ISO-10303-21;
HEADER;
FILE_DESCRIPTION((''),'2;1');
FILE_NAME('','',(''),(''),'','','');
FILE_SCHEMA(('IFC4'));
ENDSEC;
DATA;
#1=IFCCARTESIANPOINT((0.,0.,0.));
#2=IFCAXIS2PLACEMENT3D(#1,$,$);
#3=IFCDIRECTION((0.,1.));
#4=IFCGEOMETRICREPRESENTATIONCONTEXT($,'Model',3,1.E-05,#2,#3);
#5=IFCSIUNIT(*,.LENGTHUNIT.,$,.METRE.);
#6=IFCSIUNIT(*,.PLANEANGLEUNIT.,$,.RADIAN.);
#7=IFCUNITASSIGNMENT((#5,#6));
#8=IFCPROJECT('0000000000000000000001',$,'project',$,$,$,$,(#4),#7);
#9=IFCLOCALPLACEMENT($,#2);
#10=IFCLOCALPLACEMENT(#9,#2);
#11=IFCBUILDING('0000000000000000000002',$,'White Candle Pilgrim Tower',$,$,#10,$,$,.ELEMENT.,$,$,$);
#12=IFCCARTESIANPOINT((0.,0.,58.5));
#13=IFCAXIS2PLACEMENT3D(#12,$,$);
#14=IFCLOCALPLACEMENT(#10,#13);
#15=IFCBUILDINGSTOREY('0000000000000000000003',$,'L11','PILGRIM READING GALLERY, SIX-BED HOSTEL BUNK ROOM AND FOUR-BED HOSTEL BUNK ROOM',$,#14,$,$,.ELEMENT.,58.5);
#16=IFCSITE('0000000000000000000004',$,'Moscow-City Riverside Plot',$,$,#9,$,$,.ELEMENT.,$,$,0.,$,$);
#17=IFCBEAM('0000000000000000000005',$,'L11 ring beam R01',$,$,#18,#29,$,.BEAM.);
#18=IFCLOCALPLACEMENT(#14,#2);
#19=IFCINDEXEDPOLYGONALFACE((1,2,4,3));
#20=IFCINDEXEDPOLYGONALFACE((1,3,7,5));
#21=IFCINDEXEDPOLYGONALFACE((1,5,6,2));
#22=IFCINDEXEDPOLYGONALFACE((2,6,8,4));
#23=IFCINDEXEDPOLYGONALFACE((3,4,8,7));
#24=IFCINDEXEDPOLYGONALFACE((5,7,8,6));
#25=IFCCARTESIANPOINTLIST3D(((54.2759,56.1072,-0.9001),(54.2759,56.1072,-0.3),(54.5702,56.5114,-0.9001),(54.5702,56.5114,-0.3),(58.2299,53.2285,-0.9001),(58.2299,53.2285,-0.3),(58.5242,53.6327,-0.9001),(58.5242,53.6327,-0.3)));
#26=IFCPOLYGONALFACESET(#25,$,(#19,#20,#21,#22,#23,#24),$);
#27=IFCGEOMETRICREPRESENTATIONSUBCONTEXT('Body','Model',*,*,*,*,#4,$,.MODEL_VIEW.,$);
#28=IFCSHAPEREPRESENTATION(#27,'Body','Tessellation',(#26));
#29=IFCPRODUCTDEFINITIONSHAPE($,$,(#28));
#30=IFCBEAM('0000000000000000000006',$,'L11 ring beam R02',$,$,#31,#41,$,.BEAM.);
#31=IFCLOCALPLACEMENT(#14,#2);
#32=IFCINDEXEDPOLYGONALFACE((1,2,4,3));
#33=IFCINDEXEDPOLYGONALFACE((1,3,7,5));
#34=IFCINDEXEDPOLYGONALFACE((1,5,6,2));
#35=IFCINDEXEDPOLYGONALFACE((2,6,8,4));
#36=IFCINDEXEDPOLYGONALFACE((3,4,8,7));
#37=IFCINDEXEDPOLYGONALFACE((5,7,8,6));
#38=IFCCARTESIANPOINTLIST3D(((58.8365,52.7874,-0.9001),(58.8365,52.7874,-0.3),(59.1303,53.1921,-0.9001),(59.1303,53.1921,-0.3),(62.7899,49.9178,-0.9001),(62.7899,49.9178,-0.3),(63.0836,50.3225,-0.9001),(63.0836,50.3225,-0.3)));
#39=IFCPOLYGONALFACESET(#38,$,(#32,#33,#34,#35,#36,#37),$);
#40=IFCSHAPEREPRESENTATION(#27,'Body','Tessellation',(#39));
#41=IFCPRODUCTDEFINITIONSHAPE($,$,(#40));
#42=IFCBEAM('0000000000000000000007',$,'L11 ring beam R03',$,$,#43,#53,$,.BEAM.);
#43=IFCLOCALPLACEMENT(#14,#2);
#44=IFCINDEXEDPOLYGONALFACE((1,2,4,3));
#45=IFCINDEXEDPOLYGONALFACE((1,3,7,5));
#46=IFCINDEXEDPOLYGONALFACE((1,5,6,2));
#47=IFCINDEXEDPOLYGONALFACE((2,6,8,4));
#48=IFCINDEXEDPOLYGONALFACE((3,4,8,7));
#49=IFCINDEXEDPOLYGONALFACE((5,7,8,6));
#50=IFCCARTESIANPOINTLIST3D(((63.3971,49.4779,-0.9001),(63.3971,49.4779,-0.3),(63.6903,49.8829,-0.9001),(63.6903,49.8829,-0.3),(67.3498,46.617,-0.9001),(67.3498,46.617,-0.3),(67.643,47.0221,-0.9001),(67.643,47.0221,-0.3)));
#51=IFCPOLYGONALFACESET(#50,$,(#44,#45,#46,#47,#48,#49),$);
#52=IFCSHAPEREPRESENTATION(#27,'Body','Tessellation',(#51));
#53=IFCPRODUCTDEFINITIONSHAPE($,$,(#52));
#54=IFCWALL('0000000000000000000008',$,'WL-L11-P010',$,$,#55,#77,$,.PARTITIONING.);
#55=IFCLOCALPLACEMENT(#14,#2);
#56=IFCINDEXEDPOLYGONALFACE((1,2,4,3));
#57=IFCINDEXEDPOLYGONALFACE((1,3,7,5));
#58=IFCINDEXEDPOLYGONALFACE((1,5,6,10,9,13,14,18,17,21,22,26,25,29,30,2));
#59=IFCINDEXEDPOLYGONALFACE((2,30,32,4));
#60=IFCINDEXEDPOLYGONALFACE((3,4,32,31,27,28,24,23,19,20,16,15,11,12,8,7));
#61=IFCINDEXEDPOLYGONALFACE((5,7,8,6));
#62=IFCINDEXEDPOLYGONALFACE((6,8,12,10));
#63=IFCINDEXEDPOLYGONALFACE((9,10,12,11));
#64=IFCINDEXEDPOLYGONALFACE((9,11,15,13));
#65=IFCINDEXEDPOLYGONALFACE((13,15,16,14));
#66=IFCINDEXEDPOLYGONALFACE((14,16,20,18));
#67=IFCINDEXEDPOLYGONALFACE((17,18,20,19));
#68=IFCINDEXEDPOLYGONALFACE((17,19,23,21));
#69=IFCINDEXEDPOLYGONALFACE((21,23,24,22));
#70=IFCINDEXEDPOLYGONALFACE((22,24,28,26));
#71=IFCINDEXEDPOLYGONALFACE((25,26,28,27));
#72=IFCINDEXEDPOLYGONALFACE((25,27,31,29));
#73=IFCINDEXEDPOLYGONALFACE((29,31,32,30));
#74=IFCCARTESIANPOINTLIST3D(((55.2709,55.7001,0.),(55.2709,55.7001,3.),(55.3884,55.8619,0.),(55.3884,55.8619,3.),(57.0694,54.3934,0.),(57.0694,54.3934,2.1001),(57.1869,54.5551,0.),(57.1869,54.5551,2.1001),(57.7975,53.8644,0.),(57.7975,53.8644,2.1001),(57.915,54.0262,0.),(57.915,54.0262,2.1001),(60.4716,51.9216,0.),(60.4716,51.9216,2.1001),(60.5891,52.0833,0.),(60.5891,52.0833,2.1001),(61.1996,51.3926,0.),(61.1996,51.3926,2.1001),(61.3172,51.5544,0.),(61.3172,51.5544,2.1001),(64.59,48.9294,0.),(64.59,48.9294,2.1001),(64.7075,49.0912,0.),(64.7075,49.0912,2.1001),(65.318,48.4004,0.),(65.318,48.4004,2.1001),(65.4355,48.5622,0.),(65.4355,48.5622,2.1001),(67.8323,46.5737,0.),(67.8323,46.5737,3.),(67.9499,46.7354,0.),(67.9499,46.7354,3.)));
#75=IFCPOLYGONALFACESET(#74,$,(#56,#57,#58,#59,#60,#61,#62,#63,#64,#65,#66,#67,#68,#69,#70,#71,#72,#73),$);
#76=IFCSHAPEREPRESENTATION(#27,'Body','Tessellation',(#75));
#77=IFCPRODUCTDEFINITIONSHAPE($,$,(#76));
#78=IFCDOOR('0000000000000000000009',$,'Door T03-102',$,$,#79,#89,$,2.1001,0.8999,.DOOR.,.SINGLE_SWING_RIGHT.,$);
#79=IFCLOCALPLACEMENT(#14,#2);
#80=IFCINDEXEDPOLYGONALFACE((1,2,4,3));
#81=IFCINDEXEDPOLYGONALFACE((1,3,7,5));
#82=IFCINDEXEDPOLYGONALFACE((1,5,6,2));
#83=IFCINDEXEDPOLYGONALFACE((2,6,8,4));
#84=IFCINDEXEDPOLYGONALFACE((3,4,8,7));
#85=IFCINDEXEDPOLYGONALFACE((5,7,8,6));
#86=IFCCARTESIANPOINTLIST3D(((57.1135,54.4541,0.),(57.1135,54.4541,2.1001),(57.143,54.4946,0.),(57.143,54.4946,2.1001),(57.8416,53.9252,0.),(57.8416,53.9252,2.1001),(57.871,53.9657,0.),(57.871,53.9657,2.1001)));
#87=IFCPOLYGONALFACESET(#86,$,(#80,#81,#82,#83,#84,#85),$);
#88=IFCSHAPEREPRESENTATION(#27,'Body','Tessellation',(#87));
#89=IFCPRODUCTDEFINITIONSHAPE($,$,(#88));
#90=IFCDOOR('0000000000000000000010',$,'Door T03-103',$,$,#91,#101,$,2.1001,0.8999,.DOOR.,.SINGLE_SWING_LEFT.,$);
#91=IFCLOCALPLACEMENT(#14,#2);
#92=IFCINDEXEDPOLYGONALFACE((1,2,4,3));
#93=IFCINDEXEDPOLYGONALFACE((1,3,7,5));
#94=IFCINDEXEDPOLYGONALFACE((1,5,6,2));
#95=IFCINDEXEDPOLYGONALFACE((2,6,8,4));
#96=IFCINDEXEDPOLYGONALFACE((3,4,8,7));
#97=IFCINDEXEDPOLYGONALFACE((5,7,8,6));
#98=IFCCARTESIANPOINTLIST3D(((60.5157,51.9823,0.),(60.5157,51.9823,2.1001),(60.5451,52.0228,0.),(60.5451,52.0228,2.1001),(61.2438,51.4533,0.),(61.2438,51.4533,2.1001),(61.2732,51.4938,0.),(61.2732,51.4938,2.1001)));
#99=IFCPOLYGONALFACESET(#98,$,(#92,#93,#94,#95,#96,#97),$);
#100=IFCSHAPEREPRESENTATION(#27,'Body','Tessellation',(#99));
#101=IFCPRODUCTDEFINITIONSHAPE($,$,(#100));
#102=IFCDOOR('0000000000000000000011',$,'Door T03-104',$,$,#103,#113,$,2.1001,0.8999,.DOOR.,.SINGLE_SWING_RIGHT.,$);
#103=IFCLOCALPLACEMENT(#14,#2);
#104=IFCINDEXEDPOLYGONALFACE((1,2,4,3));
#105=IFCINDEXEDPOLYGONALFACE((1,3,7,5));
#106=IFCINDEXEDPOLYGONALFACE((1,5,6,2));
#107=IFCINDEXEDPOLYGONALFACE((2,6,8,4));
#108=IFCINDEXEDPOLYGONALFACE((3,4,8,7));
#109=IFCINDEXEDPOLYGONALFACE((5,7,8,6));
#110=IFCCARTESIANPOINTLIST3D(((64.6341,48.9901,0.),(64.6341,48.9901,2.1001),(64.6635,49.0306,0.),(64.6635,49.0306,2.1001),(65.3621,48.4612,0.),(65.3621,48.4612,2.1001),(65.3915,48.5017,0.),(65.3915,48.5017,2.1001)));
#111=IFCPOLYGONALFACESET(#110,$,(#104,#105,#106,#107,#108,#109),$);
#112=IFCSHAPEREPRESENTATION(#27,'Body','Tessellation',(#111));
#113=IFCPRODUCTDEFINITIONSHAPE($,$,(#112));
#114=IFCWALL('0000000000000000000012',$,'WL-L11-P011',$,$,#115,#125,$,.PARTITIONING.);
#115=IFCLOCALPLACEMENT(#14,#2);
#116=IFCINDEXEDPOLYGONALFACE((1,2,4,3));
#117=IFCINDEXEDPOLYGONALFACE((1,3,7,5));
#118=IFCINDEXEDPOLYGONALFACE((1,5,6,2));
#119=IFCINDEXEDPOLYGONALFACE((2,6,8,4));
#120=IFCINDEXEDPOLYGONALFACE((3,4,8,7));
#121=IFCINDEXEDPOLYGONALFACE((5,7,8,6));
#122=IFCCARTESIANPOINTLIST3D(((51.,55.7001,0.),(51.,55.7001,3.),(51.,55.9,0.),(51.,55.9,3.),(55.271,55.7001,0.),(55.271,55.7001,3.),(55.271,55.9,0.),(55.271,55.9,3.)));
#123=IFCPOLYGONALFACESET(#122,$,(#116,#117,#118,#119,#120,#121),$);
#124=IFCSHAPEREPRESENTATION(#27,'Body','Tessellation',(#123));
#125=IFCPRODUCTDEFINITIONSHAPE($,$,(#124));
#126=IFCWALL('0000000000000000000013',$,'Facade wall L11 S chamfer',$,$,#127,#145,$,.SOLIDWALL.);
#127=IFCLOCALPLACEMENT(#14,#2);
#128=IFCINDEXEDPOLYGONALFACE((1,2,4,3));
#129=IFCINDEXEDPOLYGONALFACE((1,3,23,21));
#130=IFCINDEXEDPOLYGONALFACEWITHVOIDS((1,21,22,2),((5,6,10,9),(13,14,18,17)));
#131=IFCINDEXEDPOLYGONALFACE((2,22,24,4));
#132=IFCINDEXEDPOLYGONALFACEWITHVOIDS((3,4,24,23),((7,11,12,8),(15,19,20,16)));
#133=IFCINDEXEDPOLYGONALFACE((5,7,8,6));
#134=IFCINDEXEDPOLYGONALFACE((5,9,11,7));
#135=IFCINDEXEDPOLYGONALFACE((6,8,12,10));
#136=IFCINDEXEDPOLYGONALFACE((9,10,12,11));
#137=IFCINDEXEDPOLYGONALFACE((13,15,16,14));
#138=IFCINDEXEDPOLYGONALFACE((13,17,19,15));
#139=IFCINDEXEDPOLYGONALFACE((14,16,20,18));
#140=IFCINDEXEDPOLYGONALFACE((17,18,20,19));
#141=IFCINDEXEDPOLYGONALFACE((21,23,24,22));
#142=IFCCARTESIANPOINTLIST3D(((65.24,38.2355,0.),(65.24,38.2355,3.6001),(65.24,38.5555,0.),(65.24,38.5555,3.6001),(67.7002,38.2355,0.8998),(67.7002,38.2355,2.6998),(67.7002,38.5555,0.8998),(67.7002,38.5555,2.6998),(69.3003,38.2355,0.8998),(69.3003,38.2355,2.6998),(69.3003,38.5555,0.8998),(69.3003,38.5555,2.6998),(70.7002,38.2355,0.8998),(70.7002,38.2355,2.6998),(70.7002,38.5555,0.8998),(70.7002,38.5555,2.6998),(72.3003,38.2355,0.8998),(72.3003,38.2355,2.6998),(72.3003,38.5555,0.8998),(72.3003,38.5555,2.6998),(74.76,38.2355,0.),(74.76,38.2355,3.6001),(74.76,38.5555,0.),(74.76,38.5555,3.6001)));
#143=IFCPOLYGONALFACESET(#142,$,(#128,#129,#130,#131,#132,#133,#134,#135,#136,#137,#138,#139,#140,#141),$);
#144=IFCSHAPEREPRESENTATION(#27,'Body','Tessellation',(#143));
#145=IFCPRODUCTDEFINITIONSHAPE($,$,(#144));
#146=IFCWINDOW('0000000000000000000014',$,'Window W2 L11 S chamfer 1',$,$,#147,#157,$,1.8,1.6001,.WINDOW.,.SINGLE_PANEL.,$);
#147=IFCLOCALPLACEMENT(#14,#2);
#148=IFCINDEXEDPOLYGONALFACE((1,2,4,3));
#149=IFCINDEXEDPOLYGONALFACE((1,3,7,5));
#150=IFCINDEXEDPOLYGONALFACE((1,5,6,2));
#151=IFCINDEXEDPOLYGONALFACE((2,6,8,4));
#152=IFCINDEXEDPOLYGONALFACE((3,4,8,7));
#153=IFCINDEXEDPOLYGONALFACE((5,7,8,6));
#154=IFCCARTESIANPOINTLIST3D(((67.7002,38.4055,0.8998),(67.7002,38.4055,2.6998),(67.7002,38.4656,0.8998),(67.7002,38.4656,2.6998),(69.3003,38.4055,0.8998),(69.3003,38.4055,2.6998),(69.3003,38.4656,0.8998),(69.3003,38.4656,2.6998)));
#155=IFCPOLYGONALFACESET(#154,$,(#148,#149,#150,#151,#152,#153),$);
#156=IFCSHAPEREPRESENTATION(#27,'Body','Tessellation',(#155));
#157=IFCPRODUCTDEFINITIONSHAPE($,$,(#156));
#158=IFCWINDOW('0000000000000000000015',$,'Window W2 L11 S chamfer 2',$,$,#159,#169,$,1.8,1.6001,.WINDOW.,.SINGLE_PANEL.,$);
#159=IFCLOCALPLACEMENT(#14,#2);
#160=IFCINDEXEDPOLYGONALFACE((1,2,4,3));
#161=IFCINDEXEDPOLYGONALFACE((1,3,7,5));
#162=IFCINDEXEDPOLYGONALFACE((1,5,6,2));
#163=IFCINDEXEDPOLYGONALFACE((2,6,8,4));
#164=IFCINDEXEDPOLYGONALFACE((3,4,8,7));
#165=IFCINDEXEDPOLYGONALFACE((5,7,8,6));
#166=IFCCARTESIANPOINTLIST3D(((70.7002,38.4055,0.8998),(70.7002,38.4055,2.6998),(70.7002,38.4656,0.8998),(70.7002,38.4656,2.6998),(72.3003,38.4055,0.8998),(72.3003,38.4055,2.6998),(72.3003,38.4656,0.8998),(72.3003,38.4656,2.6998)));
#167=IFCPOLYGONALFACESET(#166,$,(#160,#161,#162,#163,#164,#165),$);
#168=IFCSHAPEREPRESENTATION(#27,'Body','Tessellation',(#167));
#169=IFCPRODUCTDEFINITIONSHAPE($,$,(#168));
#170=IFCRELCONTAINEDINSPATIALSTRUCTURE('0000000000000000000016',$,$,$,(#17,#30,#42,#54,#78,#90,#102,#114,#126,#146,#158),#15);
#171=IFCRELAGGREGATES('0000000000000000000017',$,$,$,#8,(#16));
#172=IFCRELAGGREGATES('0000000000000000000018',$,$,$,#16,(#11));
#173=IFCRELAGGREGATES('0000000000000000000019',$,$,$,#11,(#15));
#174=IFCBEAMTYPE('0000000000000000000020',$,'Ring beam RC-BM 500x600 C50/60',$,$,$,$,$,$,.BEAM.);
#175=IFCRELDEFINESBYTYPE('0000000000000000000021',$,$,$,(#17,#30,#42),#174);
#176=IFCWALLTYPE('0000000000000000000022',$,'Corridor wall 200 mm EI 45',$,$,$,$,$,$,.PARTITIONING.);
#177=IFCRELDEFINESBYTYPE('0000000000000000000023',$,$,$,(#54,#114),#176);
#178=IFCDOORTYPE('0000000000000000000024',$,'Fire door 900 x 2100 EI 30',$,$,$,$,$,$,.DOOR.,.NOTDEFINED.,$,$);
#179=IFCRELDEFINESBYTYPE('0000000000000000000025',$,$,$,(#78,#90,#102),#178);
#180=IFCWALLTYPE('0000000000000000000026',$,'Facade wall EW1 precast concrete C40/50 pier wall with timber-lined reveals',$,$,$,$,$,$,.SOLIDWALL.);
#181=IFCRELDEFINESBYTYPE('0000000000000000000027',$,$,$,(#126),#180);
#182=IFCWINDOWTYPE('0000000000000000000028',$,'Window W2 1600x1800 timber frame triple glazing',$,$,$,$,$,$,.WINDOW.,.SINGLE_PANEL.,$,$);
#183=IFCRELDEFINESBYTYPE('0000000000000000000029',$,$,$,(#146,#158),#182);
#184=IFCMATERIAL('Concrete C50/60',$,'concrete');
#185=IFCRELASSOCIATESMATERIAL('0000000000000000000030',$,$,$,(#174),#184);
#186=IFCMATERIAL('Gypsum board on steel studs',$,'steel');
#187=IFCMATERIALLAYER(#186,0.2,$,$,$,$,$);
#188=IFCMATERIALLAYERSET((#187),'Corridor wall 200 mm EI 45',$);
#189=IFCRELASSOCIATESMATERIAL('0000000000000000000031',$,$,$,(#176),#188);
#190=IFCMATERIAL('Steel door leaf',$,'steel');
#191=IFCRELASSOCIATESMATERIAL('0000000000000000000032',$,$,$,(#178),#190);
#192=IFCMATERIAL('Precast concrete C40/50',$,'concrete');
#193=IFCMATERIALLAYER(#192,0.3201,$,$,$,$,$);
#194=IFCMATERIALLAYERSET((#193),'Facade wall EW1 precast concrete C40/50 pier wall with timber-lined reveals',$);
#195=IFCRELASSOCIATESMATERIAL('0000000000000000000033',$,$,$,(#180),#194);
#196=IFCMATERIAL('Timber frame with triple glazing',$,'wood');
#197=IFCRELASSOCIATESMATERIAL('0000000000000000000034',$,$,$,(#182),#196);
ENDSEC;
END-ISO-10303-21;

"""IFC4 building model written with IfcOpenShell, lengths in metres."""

from ifc_helpers import new_model, si_unit, direction, frame, frame_2d, origin, origin_2d, place, context, subcontext, project, spatial, rectangle, extrude, material, layer, layer_set, material_profile, profile_set, type_object, element, fill, save


model = new_model("IFC4")

# Units and contexts
model_context = context("Model", 3, precision=1e-05, world=origin(), true_north=direction((0.0, 1.0)))
body_context = subcontext(model_context, "Body", "Model", "MODEL_VIEW")
ifc_project = project(units=[si_unit("LENGTHUNIT", "METRE"), si_unit("PLANEANGLEUNIT", "RADIAN")], contexts=[model_context])

# Site, building, storey
site_placement = place(None, origin())
site = spatial("IfcSite", under=ifc_project, at=site_placement, Name="Moscow-City Riverside Plot", CompositionType="ELEMENT", RefElevation=0.0)
building_placement = place(site_placement, origin())
building = spatial("IfcBuilding", under=site, at=building_placement, Name="White Candle Pilgrim Tower", CompositionType="ELEMENT")
storey_placement = place(building_placement, frame((0.0, 0.0, 58.5)))
storey = spatial("IfcBuildingStorey", under=building, at=storey_placement, Name="L11", Description="PILGRIM READING GALLERY, SIX-BED HOSTEL BUNK ROOM AND FOUR-BED HOSTEL BUNK ROOM", CompositionType="ELEMENT", Elevation=58.5)

# Beams
ifc_material_1 = material(Name="Concrete C50/60", Category="concrete")
ifc_material_profile_1 = material_profile(ifc_material_1, rectangle(XDim=0.5, YDim=0.6001, at=origin_2d()), Name="RC-BM 500x600")
ifc_profile_set_1 = profile_set([ifc_material_profile_1], Name="Concrete C50/60")
beam_type = type_object("IfcBeamType", Name="Ring beam RC-BM 500x600 C50/60", PredefinedType="BEAM", material=ifc_profile_set_1)
beam_1_placement = place(storey_placement, frame((54.4231, 56.3093, -0.6001), z_axis=(0.808432, -0.58859, 0.0), x_axis=(0.58859, 0.808432, 0.0)))
element("IfcBeam", 1, at=beam_1_placement, inside=storey, type_object=beam_type, Name="L11 ring beam R01", PredefinedType="BEAM", context=body_context, shape_type="SweptSolid", body=[
    extrude(rectangle(XDim=0.5, YDim=0.6001, at=origin_2d()), origin(), (0.0, 0.0, 1.0), 4.8909),
])
beam_2_placement = place(storey_placement, frame((58.9834, 52.9897, -0.6001), z_axis=(0.809276, -0.587429, 0.0), x_axis=(0.587429, 0.809276, 0.0)))
element("IfcBeam", 2, at=beam_2_placement, inside=storey, type_object=beam_type, Name="L11 ring beam R02", PredefinedType="BEAM", context=body_context, shape_type="SweptSolid", body=[
    extrude(rectangle(XDim=0.5, YDim=0.6001, at=origin_2d()), origin(), (0.0, 0.0, 1.0), 4.885),
])
beam_3_placement = place(storey_placement, frame((63.5437, 49.6804, -0.6001), z_axis=(0.81008, -0.58632, 0.0), x_axis=(0.58632, 0.81008, 0.0)))
element("IfcBeam", 3, at=beam_3_placement, inside=storey, type_object=beam_type, Name="L11 ring beam R03", PredefinedType="BEAM", context=body_context, shape_type="SweptSolid", body=[
    extrude(rectangle(XDim=0.5, YDim=0.6001, at=origin_2d()), origin(), (0.0, 0.0, 1.0), 4.8794),
])

# Wall, openings, doors
ifc_material_2 = material(Name="Gypsum board on steel studs", Category="steel")
ifc_layer_1 = layer(ifc_material_2, 0.2)
ifc_layer_set_1 = layer_set([ifc_layer_1], Name="Corridor wall 200 mm EI 45")
wall_type_1 = type_object("IfcWallType", Name="Corridor wall 200 mm EI 45", PredefinedType="PARTITIONING", material=ifc_layer_set_1)
wall_1_placement = place(storey_placement, frame((67.8911, 46.6545, 0.0), z_axis=(0.0, 0.0, 1.0), x_axis=(-0.809017, 0.587785, 0.0)))
wall_1 = element("IfcWall", 4, at=wall_1_placement, inside=storey, type_object=wall_type_1, Name="WL-L11-P010", PredefinedType="PARTITIONING", context=body_context, shape_type="SweptSolid", body=[
    extrude(rectangle(XDim=15.5269, YDim=0.2, at=frame_2d((7.7634, 0.0))), origin(), (0.0, 0.0, 1.0), 3.0),
])
opening_1_placement = place(wall_1_placement, frame((12.4038, 0.0, 0.0)))
opening_1 = element("IfcOpeningElement", 5, at=opening_1_placement, cuts=wall_1, PredefinedType="OPENING", context=body_context, shape_type="SweptSolid", body=[
    extrude(rectangle(XDim=0.8999, YDim=2.1001, at=frame_2d((0.45, 1.05))), frame((0.0, 0.1099, 0.0), z_axis=(0.0, -1.0, 0.0), x_axis=(1.0, 0.0, 0.0)), (0.0, 0.0, 1.0), 0.22),
])
opening_2_placement = place(wall_1_placement, frame((8.1985, 0.0, 0.0)))
opening_2 = element("IfcOpeningElement", 6, at=opening_2_placement, cuts=wall_1, PredefinedType="OPENING", context=body_context, shape_type="SweptSolid", body=[
    extrude(rectangle(XDim=0.8999, YDim=2.1001, at=frame_2d((0.45, 1.05))), frame((0.0, 0.1099, 0.0), z_axis=(0.0, -1.0, 0.0), x_axis=(1.0, 0.0, 0.0)), (0.0, 0.0, 1.0), 0.22),
])
opening_3_placement = place(wall_1_placement, frame((3.1079, 0.0, 0.0)))
opening_3 = element("IfcOpeningElement", 7, at=opening_3_placement, cuts=wall_1, PredefinedType="OPENING", context=body_context, shape_type="SweptSolid", body=[
    extrude(rectangle(XDim=0.8999, YDim=2.1001, at=frame_2d((0.45, 1.05))), frame((0.0, 0.1099, 0.0), z_axis=(0.0, -1.0, 0.0), x_axis=(1.0, 0.0, 0.0)), (0.0, 0.0, 1.0), 0.22),
])
ifc_material_3 = material(Name="Steel door leaf", Category="steel")
door_type = type_object("IfcDoorType", Name="Fire door 900 x 2100 EI 30", OperationType="NOTDEFINED", PredefinedType="DOOR", material=ifc_material_3)
door_1_placement = place(opening_1_placement, origin())
door_1 = element("IfcDoor", 8, at=door_1_placement, inside=storey, type_object=door_type, Name="Door T03-102", OperationType="SINGLE_SWING_RIGHT", OverallHeight=2.1001, OverallWidth=0.8999, PredefinedType="DOOR", context=body_context, shape_type="SweptSolid", body=[
    extrude(rectangle(XDim=0.8999, YDim=2.1001, at=frame_2d((0.45, 1.05))), frame((0.0, 0.0249, 0.0), z_axis=(0.0, -1.0, 0.0), x_axis=(1.0, 0.0, 0.0)), (0.0, 0.0, 1.0), 0.05),
])
fill(opening_1, door_1)
door_2_placement = place(opening_2_placement, origin())
door_2 = element("IfcDoor", 9, at=door_2_placement, inside=storey, type_object=door_type, Name="Door T03-103", OperationType="SINGLE_SWING_LEFT", OverallHeight=2.1001, OverallWidth=0.8999, PredefinedType="DOOR", context=body_context, shape_type="SweptSolid", body=[
    extrude(rectangle(XDim=0.8999, YDim=2.1001, at=frame_2d((0.45, 1.05))), frame((0.0, 0.0249, 0.0), z_axis=(0.0, -1.0, 0.0), x_axis=(1.0, 0.0, 0.0)), (0.0, 0.0, 1.0), 0.05),
])
fill(opening_2, door_2)
door_3_placement = place(opening_3_placement, origin())
door_3 = element("IfcDoor", 10, at=door_3_placement, inside=storey, type_object=door_type, Name="Door T03-104", OperationType="SINGLE_SWING_RIGHT", OverallHeight=2.1001, OverallWidth=0.8999, PredefinedType="DOOR", context=body_context, shape_type="SweptSolid", body=[
    extrude(rectangle(XDim=0.8999, YDim=2.1001, at=frame_2d((0.45, 1.05))), frame((0.0, 0.0249, 0.0), z_axis=(0.0, -1.0, 0.0), x_axis=(1.0, 0.0, 0.0)), (0.0, 0.0, 1.0), 0.05),
])
fill(opening_3, door_3)

# Wall
wall_2_placement = place(storey_placement, frame((55.271, 55.8, 0.0), z_axis=(0.0, 0.0, 1.0), x_axis=(-1.0, 0.0, 0.0)))
element("IfcWall", 11, at=wall_2_placement, inside=storey, type_object=wall_type_1, Name="WL-L11-P011", PredefinedType="PARTITIONING", context=body_context, shape_type="SweptSolid", body=[
    extrude(rectangle(XDim=4.271, YDim=0.2, at=frame_2d((2.1355, 0.0))), origin(), (0.0, 0.0, 1.0), 3.0),
])

# Wall, openings, windows
ifc_material_4 = material(Name="Precast concrete C40/50", Category="concrete")
ifc_layer_2 = layer(ifc_material_4, 0.3201)
ifc_layer_set_2 = layer_set([ifc_layer_2], Name="Facade wall EW1 precast concrete C40/50 pier wall with timber-lined reveals")
wall_type_2 = type_object("IfcWallType", Name="Facade wall EW1 precast concrete C40/50 pier wall with timber-lined reveals", PredefinedType="SOLIDWALL", material=ifc_layer_set_2)
wall_3_placement = place(storey_placement, frame((65.24, 38.3955, 0.0), z_axis=(0.0, 0.0, 1.0), x_axis=(1.0, 0.0, 0.0)))
wall_3 = element("IfcWall", 12, at=wall_3_placement, inside=storey, type_object=wall_type_2, Name="Facade wall L11 S chamfer", PredefinedType="SOLIDWALL", context=body_context, shape_type="SweptSolid", body=[
    extrude(rectangle(XDim=9.52, YDim=0.3201, at=frame_2d((4.76, 0.0))), origin(), (0.0, 0.0, 1.0), 3.6001),
])
opening_4_placement = place(wall_3_placement, frame((2.4602, 0.0, 0.8999)))
opening_4 = element("IfcOpeningElement", 13, at=opening_4_placement, cuts=wall_3, PredefinedType="OPENING", context=body_context, shape_type="SweptSolid", body=[
    extrude(rectangle(XDim=1.6001, YDim=1.8, at=frame_2d((0.8, 0.8999))), frame((0.0, 0.1699, 0.0), z_axis=(0.0, -1.0, 0.0), x_axis=(1.0, 0.0, 0.0)), (0.0, 0.0, 1.0), 0.3401),
])
opening_5_placement = place(wall_3_placement, frame((5.4602, 0.0, 0.8999)))
opening_5 = element("IfcOpeningElement", 14, at=opening_5_placement, cuts=wall_3, PredefinedType="OPENING", context=body_context, shape_type="SweptSolid", body=[
    extrude(rectangle(XDim=1.6001, YDim=1.8, at=frame_2d((0.8, 0.8999))), frame((0.0, 0.1699, 0.0), z_axis=(0.0, -1.0, 0.0), x_axis=(1.0, 0.0, 0.0)), (0.0, 0.0, 1.0), 0.3401),
])
ifc_material_5 = material(Name="Timber frame with triple glazing", Category="wood")
window_type = type_object("IfcWindowType", Name="Window W2 1600x1800 timber frame triple glazing", PartitioningType="SINGLE_PANEL", PredefinedType="WINDOW", material=ifc_material_5)
window_1_placement = place(opening_4_placement, origin())
window_1 = element("IfcWindow", 15, at=window_1_placement, inside=storey, type_object=window_type, Name="Window W2 L11 S chamfer 1", OverallHeight=1.8, OverallWidth=1.6001, PartitioningType="SINGLE_PANEL", PredefinedType="WINDOW", context=body_context, shape_type="SweptSolid", body=[
    extrude(rectangle(XDim=1.6001, YDim=1.8, at=frame_2d((0.8, 0.8999))), frame((0.0, 0.0701, 0.0), z_axis=(0.0, -1.0, 0.0), x_axis=(1.0, 0.0, 0.0)), (0.0, 0.0, 1.0), 0.0601),
])
fill(opening_4, window_1)
window_2_placement = place(opening_5_placement, origin())
window_2 = element("IfcWindow", 16, at=window_2_placement, inside=storey, type_object=window_type, Name="Window W2 L11 S chamfer 2", OverallHeight=1.8, OverallWidth=1.6001, PartitioningType="SINGLE_PANEL", PredefinedType="WINDOW", context=body_context, shape_type="SweptSolid", body=[
    extrude(rectangle(XDim=1.6001, YDim=1.8, at=frame_2d((0.8, 0.8999))), frame((0.0, 0.0701, 0.0), z_axis=(0.0, -1.0, 0.0), x_axis=(1.0, 0.0, 0.0)), (0.0, 0.0, 1.0), 0.0601),
])
fill(opening_5, window_2)

save(model, "model.ifc")
